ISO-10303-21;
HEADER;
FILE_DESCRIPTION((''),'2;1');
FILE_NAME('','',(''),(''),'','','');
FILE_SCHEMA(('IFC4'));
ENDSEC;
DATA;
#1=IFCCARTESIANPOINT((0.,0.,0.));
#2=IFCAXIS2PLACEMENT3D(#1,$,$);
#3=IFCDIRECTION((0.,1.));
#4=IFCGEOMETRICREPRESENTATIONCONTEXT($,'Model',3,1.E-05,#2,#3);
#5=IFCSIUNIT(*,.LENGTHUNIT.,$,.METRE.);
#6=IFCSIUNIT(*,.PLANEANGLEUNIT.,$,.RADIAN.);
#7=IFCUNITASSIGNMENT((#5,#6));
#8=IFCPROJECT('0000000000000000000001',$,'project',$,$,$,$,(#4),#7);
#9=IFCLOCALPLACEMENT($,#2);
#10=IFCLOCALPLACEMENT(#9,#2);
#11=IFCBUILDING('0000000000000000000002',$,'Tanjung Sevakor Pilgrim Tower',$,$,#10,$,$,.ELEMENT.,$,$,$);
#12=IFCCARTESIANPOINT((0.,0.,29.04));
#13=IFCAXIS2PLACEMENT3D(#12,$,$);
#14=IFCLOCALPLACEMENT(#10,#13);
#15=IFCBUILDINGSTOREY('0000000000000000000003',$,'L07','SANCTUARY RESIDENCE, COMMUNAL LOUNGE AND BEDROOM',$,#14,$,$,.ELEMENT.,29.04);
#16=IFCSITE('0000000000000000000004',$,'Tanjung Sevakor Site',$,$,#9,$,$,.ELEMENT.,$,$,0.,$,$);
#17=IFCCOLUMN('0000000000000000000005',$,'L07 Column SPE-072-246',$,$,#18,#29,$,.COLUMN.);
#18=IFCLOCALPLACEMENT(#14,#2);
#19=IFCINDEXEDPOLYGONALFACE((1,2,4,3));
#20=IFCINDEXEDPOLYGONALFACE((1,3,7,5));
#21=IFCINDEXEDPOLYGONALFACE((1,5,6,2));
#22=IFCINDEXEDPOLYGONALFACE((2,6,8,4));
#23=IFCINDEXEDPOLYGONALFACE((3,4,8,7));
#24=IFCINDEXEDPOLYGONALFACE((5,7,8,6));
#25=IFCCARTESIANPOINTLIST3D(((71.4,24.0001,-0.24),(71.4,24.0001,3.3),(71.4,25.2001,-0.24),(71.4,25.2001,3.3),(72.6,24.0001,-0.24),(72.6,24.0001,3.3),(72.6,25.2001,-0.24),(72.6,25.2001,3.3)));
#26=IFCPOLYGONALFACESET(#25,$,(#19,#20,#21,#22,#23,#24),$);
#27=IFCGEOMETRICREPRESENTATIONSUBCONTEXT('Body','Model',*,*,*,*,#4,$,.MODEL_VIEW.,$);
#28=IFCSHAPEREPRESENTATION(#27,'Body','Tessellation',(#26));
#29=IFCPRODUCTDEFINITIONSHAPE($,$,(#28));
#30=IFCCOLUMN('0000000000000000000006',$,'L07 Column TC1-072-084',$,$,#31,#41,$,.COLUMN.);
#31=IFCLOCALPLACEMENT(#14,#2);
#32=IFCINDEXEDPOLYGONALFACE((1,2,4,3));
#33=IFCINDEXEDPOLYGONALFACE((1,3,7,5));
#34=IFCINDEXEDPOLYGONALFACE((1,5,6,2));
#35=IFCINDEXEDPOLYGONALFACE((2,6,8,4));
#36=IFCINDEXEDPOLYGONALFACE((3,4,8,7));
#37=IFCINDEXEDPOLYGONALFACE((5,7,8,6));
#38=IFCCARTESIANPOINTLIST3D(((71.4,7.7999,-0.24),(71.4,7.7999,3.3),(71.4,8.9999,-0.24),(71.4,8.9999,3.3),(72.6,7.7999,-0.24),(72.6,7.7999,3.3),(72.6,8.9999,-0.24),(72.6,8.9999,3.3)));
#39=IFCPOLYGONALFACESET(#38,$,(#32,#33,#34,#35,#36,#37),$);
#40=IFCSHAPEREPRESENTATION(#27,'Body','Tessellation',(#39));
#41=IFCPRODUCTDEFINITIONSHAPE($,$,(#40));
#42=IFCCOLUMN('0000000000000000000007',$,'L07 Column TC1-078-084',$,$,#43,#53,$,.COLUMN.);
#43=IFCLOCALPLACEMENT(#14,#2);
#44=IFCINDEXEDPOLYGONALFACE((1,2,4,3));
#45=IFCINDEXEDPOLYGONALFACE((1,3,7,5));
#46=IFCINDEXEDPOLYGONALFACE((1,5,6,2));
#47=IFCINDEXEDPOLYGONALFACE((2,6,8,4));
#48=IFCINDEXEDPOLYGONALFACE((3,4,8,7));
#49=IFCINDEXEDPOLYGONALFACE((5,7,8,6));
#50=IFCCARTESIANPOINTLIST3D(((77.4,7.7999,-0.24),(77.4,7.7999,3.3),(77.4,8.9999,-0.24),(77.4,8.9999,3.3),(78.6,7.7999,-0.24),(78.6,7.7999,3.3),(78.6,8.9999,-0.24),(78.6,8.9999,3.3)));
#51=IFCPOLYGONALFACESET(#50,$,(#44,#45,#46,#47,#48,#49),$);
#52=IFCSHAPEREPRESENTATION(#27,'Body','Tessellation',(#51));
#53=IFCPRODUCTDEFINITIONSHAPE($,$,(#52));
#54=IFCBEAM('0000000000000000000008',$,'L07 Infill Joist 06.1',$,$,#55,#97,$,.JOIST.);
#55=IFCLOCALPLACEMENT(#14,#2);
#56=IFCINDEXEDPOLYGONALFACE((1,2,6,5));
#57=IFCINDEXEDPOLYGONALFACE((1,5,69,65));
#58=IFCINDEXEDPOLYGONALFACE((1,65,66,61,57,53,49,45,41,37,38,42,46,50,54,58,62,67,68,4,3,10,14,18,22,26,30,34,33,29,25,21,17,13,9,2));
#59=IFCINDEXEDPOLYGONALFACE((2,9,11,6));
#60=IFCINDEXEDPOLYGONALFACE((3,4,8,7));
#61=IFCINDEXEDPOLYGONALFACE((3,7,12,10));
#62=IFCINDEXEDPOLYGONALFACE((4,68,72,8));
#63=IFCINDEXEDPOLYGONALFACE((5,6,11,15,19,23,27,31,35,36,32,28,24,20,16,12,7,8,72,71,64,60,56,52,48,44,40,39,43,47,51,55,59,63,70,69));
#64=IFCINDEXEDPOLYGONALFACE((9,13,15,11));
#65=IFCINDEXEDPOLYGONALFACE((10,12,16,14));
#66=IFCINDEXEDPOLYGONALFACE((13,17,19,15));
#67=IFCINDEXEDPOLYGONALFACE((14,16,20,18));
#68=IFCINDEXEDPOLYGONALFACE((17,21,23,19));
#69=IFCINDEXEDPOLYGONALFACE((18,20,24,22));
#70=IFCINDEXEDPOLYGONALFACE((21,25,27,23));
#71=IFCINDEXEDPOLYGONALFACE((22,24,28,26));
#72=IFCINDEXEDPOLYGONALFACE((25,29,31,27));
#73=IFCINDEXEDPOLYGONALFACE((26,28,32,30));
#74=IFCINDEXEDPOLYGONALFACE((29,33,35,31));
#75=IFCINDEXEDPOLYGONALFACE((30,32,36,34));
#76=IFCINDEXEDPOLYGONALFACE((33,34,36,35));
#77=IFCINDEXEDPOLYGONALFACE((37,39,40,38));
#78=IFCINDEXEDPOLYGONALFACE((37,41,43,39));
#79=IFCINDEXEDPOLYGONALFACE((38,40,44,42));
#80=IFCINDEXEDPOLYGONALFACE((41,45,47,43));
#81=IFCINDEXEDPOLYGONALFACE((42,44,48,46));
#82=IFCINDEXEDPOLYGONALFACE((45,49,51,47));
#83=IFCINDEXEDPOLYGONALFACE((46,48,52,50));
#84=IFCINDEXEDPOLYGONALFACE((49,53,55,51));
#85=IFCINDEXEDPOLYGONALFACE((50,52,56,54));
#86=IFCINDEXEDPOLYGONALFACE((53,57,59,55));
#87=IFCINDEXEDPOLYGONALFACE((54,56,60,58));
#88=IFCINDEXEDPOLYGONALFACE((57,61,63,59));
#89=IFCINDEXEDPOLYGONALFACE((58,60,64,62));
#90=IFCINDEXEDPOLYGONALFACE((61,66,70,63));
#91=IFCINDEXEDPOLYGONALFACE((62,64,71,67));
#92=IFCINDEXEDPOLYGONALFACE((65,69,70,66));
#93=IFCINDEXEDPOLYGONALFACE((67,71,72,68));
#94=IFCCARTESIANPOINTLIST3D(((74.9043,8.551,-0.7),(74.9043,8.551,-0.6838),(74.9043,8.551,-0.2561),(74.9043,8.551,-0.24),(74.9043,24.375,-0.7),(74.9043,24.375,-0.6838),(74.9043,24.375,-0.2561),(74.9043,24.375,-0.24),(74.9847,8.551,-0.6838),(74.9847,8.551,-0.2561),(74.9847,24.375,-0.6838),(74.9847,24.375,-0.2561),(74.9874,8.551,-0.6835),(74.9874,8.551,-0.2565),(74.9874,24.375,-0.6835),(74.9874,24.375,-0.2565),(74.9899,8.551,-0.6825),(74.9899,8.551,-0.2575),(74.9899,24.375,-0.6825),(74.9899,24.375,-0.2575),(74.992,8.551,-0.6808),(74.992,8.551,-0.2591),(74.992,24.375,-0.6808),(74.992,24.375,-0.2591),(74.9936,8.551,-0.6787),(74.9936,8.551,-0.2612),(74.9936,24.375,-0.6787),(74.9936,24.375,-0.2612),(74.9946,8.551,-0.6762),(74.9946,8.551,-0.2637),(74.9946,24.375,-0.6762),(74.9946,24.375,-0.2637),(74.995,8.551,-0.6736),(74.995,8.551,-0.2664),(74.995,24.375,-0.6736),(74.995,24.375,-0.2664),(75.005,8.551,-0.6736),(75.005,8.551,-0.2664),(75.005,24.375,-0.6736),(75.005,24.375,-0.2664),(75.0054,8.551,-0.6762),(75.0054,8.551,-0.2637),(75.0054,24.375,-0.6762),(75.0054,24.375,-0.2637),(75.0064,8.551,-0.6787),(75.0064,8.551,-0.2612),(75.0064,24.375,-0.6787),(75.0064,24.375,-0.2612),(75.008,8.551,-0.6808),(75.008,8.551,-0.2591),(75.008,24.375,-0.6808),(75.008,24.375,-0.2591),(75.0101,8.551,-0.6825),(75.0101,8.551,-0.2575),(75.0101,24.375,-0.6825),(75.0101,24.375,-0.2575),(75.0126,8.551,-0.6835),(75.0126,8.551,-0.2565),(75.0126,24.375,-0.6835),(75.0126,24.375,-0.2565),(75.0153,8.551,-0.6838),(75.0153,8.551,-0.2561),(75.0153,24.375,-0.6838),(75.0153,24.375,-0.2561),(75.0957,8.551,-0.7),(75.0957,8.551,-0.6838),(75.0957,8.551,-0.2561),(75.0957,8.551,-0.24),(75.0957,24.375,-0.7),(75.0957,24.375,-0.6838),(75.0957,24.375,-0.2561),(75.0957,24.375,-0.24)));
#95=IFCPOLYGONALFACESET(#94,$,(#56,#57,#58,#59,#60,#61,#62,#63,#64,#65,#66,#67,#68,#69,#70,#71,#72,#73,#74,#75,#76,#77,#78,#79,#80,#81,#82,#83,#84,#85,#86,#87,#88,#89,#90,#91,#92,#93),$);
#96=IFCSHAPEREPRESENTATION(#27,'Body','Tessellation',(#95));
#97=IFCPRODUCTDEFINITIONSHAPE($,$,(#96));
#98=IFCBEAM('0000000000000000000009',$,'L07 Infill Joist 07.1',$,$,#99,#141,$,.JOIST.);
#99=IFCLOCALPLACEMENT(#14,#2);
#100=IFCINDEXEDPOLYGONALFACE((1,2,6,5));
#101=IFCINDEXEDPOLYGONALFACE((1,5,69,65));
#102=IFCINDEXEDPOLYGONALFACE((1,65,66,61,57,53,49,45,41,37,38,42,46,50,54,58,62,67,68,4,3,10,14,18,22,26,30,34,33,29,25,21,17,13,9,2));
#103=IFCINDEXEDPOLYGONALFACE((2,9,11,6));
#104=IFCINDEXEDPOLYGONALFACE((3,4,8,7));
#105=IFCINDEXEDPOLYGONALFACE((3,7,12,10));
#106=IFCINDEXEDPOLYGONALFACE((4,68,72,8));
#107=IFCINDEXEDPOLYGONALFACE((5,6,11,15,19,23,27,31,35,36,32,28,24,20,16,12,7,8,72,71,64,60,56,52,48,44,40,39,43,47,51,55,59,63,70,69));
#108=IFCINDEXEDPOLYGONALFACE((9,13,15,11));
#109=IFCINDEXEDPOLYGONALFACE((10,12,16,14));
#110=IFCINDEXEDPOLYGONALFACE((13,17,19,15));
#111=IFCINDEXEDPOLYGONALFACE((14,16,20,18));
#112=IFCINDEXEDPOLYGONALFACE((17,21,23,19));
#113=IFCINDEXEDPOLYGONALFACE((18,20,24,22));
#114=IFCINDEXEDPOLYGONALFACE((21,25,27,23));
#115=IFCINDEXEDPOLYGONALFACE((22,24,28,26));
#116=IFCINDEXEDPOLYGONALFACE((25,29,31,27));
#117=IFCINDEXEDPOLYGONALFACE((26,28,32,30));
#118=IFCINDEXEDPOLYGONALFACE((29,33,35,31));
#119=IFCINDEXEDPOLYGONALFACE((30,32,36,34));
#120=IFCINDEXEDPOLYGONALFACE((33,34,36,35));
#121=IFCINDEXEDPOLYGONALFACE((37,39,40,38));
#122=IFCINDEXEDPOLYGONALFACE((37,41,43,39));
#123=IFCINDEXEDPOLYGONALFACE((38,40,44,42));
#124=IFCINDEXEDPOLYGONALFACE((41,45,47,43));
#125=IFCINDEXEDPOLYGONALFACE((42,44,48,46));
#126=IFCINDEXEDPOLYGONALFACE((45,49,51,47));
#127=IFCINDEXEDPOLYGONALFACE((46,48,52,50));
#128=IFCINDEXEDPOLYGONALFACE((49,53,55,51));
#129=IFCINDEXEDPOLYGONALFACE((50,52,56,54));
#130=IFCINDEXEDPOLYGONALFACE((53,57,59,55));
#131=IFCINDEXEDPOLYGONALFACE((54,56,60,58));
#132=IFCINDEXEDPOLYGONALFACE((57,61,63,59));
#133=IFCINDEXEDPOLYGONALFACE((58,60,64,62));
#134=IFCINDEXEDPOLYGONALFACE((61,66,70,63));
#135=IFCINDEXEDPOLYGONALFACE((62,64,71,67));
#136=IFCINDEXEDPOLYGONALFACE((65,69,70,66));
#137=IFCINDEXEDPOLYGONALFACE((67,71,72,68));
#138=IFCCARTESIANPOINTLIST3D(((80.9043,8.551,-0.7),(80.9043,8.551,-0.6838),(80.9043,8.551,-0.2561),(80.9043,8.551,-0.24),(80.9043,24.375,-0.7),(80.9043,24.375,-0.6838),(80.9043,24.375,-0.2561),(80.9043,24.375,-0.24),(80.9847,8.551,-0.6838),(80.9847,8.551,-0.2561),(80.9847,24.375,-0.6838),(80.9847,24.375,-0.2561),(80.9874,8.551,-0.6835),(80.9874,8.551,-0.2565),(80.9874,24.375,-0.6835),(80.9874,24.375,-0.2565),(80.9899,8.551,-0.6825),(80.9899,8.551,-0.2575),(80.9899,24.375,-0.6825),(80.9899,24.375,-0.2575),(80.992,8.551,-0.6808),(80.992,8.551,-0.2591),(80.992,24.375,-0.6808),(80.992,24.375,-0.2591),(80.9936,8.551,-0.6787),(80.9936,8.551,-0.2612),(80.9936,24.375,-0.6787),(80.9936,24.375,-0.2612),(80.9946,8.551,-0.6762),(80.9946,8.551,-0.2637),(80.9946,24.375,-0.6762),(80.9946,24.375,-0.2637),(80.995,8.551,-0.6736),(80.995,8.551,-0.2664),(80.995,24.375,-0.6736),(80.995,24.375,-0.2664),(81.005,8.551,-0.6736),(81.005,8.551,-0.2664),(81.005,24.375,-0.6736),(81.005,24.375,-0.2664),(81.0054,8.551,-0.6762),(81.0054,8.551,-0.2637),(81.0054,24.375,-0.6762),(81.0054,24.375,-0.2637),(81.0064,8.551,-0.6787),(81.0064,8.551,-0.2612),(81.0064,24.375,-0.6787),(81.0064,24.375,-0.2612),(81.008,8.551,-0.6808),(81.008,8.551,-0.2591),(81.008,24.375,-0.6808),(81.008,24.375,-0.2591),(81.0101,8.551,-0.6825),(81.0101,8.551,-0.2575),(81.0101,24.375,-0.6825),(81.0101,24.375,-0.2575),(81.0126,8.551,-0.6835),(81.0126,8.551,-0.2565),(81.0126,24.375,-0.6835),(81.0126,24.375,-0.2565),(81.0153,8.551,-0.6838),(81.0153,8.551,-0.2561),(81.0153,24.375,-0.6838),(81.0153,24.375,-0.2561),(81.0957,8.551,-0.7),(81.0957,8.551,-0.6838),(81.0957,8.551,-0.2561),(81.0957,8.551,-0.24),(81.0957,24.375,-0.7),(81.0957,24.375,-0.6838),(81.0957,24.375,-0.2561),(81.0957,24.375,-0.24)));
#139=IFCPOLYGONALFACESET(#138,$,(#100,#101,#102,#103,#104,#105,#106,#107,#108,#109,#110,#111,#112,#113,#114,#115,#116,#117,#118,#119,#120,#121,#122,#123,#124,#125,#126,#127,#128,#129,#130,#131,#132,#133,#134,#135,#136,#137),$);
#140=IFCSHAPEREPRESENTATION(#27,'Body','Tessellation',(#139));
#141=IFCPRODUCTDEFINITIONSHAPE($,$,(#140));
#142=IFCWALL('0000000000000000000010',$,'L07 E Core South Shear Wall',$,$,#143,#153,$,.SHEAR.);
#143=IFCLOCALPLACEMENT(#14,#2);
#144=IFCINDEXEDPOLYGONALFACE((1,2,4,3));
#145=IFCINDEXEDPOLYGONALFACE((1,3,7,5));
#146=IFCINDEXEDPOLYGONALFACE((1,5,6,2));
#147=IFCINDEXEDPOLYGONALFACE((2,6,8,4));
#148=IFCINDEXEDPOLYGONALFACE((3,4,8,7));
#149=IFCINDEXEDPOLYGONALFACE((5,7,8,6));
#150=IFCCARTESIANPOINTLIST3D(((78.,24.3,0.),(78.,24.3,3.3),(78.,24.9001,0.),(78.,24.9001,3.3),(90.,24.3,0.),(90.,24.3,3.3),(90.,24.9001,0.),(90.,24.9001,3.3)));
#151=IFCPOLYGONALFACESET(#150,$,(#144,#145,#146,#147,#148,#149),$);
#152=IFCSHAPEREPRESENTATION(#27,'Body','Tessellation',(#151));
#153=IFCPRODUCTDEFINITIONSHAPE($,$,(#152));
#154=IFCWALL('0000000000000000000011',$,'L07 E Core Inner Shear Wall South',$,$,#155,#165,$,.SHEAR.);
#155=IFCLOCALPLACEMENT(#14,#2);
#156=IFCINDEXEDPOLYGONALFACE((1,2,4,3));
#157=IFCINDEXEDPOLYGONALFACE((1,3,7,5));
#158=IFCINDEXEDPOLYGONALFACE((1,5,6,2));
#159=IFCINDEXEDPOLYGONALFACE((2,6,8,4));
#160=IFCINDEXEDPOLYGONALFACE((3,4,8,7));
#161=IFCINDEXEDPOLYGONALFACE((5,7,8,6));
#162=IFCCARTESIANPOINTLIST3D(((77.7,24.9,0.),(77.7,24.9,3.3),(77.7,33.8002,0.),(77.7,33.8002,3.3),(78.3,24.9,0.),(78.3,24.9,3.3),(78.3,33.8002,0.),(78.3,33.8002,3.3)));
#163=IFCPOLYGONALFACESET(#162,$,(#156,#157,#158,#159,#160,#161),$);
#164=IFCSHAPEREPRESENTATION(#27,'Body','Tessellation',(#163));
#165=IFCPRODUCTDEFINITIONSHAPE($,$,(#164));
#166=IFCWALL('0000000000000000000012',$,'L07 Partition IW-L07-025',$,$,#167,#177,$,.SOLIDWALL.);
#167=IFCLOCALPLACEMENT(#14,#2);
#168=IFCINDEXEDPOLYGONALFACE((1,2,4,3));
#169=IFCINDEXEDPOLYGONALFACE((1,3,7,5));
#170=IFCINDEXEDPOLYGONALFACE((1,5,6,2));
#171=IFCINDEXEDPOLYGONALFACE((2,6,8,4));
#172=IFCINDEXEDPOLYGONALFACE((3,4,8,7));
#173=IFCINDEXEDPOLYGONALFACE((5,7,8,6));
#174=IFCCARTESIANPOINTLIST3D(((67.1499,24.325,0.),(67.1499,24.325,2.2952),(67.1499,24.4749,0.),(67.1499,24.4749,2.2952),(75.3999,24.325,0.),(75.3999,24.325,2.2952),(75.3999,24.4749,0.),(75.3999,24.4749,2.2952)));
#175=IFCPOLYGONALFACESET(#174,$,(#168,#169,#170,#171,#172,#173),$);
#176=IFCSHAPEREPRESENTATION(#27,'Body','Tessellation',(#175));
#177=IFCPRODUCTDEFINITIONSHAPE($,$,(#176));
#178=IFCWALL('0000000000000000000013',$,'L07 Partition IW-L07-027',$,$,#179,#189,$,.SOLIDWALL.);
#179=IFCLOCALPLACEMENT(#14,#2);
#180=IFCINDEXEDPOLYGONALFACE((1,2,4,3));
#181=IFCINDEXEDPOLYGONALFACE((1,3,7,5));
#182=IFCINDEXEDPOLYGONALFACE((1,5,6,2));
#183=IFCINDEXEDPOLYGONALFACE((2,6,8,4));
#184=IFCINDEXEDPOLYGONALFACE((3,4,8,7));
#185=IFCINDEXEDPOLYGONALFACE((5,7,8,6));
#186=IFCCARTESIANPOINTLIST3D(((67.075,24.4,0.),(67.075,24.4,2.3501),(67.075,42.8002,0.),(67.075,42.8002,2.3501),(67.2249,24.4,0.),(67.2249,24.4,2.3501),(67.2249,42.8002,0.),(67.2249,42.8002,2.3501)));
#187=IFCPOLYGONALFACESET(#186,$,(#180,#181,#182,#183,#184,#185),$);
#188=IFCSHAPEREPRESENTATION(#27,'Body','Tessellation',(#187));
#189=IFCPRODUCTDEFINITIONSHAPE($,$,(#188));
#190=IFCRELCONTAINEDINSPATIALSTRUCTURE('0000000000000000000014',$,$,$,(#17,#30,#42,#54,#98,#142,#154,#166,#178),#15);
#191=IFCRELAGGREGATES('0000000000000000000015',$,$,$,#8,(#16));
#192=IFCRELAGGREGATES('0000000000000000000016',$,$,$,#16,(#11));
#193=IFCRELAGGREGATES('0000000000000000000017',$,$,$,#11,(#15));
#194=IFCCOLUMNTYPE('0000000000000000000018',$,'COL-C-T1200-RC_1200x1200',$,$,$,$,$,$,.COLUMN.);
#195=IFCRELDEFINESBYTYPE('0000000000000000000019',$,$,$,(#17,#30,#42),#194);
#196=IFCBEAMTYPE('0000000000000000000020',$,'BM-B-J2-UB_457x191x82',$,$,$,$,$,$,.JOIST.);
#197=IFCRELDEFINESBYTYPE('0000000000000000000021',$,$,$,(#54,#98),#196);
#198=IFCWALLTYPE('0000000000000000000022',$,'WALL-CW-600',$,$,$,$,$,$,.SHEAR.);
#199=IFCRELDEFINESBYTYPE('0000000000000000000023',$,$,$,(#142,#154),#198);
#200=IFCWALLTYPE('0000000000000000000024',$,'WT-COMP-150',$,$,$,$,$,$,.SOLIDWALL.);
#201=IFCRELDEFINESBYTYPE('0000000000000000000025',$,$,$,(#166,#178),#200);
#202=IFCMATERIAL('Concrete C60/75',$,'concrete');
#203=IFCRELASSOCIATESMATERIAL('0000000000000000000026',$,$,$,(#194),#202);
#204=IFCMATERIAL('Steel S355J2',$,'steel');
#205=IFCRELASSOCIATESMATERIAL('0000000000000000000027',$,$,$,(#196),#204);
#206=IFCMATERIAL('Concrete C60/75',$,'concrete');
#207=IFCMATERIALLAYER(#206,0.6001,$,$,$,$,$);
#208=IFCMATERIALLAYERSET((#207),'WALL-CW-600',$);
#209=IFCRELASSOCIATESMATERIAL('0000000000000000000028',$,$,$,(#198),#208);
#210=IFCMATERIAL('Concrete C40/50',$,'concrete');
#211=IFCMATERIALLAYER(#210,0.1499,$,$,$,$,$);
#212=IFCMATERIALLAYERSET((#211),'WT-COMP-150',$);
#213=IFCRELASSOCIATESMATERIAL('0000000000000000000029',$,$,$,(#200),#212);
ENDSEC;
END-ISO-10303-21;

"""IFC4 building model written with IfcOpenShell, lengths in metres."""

from ifc_helpers import new_model, si_unit, direction, frame, frame_2d, origin, origin_2d, place, context, subcontext, project, spatial, rectangle, i_section, extrude, material, layer, layer_set, material_profile, profile_set, type_object, element, save


model = new_model("IFC4")

# Units and contexts
model_context = context("Model", 3, precision=1e-05, world=origin(), true_north=direction((0.0, 1.0)))
body_context = subcontext(model_context, "Body", "Model", "MODEL_VIEW")
ifc_project = project(units=[si_unit("LENGTHUNIT", "METRE"), si_unit("PLANEANGLEUNIT", "RADIAN")], contexts=[model_context])

# Site, building, storey
site_placement = place(None, origin())
site = spatial("IfcSite", under=ifc_project, at=site_placement, Name="Tanjung Sevakor Site", CompositionType="ELEMENT", RefElevation=0.0)
building_placement = place(site_placement, origin())
building = spatial("IfcBuilding", under=site, at=building_placement, Name="Tanjung Sevakor Pilgrim Tower", CompositionType="ELEMENT")
storey_placement = place(building_placement, frame((0.0, 0.0, 29.04)))
storey = spatial("IfcBuildingStorey", under=building, at=storey_placement, Name="L07", Description="SANCTUARY RESIDENCE, COMMUNAL LOUNGE AND BEDROOM", CompositionType="ELEMENT", Elevation=29.04)

# Columns
ifc_material_1 = material(Name="Concrete C60/75", Category="concrete")
ifc_material_profile_1 = material_profile(ifc_material_1, rectangle(XDim=1.2, YDim=1.2, at=origin_2d()))
ifc_profile_set_1 = profile_set([ifc_material_profile_1], Name="Concrete C60/75")
column_type = type_object("IfcColumnType", Name="COL-C-T1200-RC_1200x1200", PredefinedType="COLUMN", material=ifc_profile_set_1)
for number, where, z_axis, x_axis, name in (
    (1, (72.0, 24.6001, -0.24), (0.0, 0.0, 1.0), (1.0, 0.0, 0.0), "L07 Column SPE-072-246"),
    (2, (72.0, 8.3999, -0.24), (0.0, 0.0, 1.0), (1.0, 0.0, 0.0), "L07 Column TC1-072-084"),
    (3, (78.0, 8.3999, -0.24), (0.0, 0.0, 1.0), (1.0, 0.0, 0.0), "L07 Column TC1-078-084"),
):
    element("IfcColumn", number, at=place(storey_placement, frame(where, z_axis=z_axis, x_axis=x_axis)), inside=storey, type_object=column_type, Name=name, PredefinedType="COLUMN", context=body_context, shape_type="SweptSolid", body=[
        extrude(rectangle(XDim=1.2, YDim=1.2, at=origin_2d()), origin(), (0.0, 0.0, 1.0), 3.54),
    ])

# Beams
ifc_material_2 = material(Name="Steel S355J2", Category="steel")
ifc_material_profile_2 = material_profile(ifc_material_2, i_section(OverallWidth=0.1914, OverallDepth=0.46, WebThickness=0.01, FlangeThickness=0.0161, FilletRadius=0.0103, at=origin_2d()))
ifc_profile_set_2 = profile_set([ifc_material_profile_2], Name="Steel S355J2")
beam_type = type_object("IfcBeamType", Name="BM-B-J2-UB_457x191x82", PredefinedType="JOIST", material=ifc_profile_set_2)
for number, where, z_axis, x_axis, name in (
    (4, (75.0, 8.551, -0.47), (0.0, 1.0, 0.0), (-1.0, 0.0, 0.0), "L07 Infill Joist 06.1"),
    (5, (81.0, 8.551, -0.47), (0.0, 1.0, 0.0), (-1.0, 0.0, 0.0), "L07 Infill Joist 07.1"),
):
    element("IfcBeam", number, at=place(storey_placement, frame(where, z_axis=z_axis, x_axis=x_axis)), inside=storey, type_object=beam_type, Name=name, PredefinedType="JOIST", context=body_context, shape_type="SweptSolid", body=[
        extrude(i_section(OverallWidth=0.1914, OverallDepth=0.46, WebThickness=0.01, FlangeThickness=0.0161, FilletRadius=0.0103, at=origin_2d()), origin(), (0.0, 0.0, 1.0), 15.824),
    ])

# Walls
ifc_material_3 = material(Name="Concrete C60/75", Category="concrete")
ifc_layer_1 = layer(ifc_material_3, 0.6001)
ifc_layer_set_1 = layer_set([ifc_layer_1], Name="WALL-CW-600")
wall_type_1 = type_object("IfcWallType", Name="WALL-CW-600", PredefinedType="SHEAR", material=ifc_layer_set_1)
wall_1_placement = place(storey_placement, frame((78.0, 24.6001, 0.0), z_axis=(0.0, 0.0, 1.0), x_axis=(1.0, 0.0, 0.0)))
element("IfcWall", 6, at=wall_1_placement, inside=storey, type_object=wall_type_1, Name="L07 E Core South Shear Wall", PredefinedType="SHEAR", context=body_context, shape_type="SweptSolid", body=[
    extrude(rectangle(XDim=12.0, YDim=0.6001, at=frame_2d((6.0, 0.0))), origin(), (0.0, 0.0, 1.0), 3.3),
])
wall_2_placement = place(storey_placement, frame((78.0, 24.8999, 0.0), z_axis=(0.0, 0.0, 1.0), x_axis=(0.0, 1.0, 0.0)))
element("IfcWall", 7, at=wall_2_placement, inside=storey, type_object=wall_type_1, Name="L07 E Core Inner Shear Wall South", PredefinedType="SHEAR", context=body_context, shape_type="SweptSolid", body=[
    extrude(rectangle(XDim=8.9001, YDim=0.6001, at=frame_2d((4.4502, 0.0))), origin(), (0.0, 0.0, 1.0), 3.3),
])

# Shared definitions
ifc_material_4 = material(Name="Concrete C40/50", Category="concrete")
ifc_layer_2 = layer(ifc_material_4, 0.1499)
ifc_layer_set_2 = layer_set([ifc_layer_2], Name="WT-COMP-150")
wall_type_2 = type_object("IfcWallType", Name="WT-COMP-150", PredefinedType="SOLIDWALL", material=ifc_layer_set_2)

# Walls
wall_3_placement = place(storey_placement, frame((67.1499, 24.3999, 0.0), z_axis=(0.0, 0.0, 1.0), x_axis=(1.0, 0.0, 0.0)))
element("IfcWall", 8, at=wall_3_placement, inside=storey, type_object=wall_type_2, Name="L07 Partition IW-L07-025", PredefinedType="SOLIDWALL", context=body_context, shape_type="SweptSolid", body=[
    extrude(rectangle(XDim=8.25, YDim=0.1499, at=frame_2d((4.125, 0.0))), origin(), (0.0, 0.0, 1.0), 2.2952),
])
wall_4_placement = place(storey_placement, frame((67.1499, 24.3999, 0.0), z_axis=(0.0, 0.0, 1.0), x_axis=(0.0, 1.0, 0.0)))
element("IfcWall", 9, at=wall_4_placement, inside=storey, type_object=wall_type_2, Name="L07 Partition IW-L07-027", PredefinedType="SOLIDWALL", context=body_context, shape_type="SweptSolid", body=[
    extrude(rectangle(XDim=18.4001, YDim=0.1499, at=frame_2d((9.2002, 0.0))), origin(), (0.0, 0.0, 1.0), 2.3501),
])

save(model, "model.ifc")
